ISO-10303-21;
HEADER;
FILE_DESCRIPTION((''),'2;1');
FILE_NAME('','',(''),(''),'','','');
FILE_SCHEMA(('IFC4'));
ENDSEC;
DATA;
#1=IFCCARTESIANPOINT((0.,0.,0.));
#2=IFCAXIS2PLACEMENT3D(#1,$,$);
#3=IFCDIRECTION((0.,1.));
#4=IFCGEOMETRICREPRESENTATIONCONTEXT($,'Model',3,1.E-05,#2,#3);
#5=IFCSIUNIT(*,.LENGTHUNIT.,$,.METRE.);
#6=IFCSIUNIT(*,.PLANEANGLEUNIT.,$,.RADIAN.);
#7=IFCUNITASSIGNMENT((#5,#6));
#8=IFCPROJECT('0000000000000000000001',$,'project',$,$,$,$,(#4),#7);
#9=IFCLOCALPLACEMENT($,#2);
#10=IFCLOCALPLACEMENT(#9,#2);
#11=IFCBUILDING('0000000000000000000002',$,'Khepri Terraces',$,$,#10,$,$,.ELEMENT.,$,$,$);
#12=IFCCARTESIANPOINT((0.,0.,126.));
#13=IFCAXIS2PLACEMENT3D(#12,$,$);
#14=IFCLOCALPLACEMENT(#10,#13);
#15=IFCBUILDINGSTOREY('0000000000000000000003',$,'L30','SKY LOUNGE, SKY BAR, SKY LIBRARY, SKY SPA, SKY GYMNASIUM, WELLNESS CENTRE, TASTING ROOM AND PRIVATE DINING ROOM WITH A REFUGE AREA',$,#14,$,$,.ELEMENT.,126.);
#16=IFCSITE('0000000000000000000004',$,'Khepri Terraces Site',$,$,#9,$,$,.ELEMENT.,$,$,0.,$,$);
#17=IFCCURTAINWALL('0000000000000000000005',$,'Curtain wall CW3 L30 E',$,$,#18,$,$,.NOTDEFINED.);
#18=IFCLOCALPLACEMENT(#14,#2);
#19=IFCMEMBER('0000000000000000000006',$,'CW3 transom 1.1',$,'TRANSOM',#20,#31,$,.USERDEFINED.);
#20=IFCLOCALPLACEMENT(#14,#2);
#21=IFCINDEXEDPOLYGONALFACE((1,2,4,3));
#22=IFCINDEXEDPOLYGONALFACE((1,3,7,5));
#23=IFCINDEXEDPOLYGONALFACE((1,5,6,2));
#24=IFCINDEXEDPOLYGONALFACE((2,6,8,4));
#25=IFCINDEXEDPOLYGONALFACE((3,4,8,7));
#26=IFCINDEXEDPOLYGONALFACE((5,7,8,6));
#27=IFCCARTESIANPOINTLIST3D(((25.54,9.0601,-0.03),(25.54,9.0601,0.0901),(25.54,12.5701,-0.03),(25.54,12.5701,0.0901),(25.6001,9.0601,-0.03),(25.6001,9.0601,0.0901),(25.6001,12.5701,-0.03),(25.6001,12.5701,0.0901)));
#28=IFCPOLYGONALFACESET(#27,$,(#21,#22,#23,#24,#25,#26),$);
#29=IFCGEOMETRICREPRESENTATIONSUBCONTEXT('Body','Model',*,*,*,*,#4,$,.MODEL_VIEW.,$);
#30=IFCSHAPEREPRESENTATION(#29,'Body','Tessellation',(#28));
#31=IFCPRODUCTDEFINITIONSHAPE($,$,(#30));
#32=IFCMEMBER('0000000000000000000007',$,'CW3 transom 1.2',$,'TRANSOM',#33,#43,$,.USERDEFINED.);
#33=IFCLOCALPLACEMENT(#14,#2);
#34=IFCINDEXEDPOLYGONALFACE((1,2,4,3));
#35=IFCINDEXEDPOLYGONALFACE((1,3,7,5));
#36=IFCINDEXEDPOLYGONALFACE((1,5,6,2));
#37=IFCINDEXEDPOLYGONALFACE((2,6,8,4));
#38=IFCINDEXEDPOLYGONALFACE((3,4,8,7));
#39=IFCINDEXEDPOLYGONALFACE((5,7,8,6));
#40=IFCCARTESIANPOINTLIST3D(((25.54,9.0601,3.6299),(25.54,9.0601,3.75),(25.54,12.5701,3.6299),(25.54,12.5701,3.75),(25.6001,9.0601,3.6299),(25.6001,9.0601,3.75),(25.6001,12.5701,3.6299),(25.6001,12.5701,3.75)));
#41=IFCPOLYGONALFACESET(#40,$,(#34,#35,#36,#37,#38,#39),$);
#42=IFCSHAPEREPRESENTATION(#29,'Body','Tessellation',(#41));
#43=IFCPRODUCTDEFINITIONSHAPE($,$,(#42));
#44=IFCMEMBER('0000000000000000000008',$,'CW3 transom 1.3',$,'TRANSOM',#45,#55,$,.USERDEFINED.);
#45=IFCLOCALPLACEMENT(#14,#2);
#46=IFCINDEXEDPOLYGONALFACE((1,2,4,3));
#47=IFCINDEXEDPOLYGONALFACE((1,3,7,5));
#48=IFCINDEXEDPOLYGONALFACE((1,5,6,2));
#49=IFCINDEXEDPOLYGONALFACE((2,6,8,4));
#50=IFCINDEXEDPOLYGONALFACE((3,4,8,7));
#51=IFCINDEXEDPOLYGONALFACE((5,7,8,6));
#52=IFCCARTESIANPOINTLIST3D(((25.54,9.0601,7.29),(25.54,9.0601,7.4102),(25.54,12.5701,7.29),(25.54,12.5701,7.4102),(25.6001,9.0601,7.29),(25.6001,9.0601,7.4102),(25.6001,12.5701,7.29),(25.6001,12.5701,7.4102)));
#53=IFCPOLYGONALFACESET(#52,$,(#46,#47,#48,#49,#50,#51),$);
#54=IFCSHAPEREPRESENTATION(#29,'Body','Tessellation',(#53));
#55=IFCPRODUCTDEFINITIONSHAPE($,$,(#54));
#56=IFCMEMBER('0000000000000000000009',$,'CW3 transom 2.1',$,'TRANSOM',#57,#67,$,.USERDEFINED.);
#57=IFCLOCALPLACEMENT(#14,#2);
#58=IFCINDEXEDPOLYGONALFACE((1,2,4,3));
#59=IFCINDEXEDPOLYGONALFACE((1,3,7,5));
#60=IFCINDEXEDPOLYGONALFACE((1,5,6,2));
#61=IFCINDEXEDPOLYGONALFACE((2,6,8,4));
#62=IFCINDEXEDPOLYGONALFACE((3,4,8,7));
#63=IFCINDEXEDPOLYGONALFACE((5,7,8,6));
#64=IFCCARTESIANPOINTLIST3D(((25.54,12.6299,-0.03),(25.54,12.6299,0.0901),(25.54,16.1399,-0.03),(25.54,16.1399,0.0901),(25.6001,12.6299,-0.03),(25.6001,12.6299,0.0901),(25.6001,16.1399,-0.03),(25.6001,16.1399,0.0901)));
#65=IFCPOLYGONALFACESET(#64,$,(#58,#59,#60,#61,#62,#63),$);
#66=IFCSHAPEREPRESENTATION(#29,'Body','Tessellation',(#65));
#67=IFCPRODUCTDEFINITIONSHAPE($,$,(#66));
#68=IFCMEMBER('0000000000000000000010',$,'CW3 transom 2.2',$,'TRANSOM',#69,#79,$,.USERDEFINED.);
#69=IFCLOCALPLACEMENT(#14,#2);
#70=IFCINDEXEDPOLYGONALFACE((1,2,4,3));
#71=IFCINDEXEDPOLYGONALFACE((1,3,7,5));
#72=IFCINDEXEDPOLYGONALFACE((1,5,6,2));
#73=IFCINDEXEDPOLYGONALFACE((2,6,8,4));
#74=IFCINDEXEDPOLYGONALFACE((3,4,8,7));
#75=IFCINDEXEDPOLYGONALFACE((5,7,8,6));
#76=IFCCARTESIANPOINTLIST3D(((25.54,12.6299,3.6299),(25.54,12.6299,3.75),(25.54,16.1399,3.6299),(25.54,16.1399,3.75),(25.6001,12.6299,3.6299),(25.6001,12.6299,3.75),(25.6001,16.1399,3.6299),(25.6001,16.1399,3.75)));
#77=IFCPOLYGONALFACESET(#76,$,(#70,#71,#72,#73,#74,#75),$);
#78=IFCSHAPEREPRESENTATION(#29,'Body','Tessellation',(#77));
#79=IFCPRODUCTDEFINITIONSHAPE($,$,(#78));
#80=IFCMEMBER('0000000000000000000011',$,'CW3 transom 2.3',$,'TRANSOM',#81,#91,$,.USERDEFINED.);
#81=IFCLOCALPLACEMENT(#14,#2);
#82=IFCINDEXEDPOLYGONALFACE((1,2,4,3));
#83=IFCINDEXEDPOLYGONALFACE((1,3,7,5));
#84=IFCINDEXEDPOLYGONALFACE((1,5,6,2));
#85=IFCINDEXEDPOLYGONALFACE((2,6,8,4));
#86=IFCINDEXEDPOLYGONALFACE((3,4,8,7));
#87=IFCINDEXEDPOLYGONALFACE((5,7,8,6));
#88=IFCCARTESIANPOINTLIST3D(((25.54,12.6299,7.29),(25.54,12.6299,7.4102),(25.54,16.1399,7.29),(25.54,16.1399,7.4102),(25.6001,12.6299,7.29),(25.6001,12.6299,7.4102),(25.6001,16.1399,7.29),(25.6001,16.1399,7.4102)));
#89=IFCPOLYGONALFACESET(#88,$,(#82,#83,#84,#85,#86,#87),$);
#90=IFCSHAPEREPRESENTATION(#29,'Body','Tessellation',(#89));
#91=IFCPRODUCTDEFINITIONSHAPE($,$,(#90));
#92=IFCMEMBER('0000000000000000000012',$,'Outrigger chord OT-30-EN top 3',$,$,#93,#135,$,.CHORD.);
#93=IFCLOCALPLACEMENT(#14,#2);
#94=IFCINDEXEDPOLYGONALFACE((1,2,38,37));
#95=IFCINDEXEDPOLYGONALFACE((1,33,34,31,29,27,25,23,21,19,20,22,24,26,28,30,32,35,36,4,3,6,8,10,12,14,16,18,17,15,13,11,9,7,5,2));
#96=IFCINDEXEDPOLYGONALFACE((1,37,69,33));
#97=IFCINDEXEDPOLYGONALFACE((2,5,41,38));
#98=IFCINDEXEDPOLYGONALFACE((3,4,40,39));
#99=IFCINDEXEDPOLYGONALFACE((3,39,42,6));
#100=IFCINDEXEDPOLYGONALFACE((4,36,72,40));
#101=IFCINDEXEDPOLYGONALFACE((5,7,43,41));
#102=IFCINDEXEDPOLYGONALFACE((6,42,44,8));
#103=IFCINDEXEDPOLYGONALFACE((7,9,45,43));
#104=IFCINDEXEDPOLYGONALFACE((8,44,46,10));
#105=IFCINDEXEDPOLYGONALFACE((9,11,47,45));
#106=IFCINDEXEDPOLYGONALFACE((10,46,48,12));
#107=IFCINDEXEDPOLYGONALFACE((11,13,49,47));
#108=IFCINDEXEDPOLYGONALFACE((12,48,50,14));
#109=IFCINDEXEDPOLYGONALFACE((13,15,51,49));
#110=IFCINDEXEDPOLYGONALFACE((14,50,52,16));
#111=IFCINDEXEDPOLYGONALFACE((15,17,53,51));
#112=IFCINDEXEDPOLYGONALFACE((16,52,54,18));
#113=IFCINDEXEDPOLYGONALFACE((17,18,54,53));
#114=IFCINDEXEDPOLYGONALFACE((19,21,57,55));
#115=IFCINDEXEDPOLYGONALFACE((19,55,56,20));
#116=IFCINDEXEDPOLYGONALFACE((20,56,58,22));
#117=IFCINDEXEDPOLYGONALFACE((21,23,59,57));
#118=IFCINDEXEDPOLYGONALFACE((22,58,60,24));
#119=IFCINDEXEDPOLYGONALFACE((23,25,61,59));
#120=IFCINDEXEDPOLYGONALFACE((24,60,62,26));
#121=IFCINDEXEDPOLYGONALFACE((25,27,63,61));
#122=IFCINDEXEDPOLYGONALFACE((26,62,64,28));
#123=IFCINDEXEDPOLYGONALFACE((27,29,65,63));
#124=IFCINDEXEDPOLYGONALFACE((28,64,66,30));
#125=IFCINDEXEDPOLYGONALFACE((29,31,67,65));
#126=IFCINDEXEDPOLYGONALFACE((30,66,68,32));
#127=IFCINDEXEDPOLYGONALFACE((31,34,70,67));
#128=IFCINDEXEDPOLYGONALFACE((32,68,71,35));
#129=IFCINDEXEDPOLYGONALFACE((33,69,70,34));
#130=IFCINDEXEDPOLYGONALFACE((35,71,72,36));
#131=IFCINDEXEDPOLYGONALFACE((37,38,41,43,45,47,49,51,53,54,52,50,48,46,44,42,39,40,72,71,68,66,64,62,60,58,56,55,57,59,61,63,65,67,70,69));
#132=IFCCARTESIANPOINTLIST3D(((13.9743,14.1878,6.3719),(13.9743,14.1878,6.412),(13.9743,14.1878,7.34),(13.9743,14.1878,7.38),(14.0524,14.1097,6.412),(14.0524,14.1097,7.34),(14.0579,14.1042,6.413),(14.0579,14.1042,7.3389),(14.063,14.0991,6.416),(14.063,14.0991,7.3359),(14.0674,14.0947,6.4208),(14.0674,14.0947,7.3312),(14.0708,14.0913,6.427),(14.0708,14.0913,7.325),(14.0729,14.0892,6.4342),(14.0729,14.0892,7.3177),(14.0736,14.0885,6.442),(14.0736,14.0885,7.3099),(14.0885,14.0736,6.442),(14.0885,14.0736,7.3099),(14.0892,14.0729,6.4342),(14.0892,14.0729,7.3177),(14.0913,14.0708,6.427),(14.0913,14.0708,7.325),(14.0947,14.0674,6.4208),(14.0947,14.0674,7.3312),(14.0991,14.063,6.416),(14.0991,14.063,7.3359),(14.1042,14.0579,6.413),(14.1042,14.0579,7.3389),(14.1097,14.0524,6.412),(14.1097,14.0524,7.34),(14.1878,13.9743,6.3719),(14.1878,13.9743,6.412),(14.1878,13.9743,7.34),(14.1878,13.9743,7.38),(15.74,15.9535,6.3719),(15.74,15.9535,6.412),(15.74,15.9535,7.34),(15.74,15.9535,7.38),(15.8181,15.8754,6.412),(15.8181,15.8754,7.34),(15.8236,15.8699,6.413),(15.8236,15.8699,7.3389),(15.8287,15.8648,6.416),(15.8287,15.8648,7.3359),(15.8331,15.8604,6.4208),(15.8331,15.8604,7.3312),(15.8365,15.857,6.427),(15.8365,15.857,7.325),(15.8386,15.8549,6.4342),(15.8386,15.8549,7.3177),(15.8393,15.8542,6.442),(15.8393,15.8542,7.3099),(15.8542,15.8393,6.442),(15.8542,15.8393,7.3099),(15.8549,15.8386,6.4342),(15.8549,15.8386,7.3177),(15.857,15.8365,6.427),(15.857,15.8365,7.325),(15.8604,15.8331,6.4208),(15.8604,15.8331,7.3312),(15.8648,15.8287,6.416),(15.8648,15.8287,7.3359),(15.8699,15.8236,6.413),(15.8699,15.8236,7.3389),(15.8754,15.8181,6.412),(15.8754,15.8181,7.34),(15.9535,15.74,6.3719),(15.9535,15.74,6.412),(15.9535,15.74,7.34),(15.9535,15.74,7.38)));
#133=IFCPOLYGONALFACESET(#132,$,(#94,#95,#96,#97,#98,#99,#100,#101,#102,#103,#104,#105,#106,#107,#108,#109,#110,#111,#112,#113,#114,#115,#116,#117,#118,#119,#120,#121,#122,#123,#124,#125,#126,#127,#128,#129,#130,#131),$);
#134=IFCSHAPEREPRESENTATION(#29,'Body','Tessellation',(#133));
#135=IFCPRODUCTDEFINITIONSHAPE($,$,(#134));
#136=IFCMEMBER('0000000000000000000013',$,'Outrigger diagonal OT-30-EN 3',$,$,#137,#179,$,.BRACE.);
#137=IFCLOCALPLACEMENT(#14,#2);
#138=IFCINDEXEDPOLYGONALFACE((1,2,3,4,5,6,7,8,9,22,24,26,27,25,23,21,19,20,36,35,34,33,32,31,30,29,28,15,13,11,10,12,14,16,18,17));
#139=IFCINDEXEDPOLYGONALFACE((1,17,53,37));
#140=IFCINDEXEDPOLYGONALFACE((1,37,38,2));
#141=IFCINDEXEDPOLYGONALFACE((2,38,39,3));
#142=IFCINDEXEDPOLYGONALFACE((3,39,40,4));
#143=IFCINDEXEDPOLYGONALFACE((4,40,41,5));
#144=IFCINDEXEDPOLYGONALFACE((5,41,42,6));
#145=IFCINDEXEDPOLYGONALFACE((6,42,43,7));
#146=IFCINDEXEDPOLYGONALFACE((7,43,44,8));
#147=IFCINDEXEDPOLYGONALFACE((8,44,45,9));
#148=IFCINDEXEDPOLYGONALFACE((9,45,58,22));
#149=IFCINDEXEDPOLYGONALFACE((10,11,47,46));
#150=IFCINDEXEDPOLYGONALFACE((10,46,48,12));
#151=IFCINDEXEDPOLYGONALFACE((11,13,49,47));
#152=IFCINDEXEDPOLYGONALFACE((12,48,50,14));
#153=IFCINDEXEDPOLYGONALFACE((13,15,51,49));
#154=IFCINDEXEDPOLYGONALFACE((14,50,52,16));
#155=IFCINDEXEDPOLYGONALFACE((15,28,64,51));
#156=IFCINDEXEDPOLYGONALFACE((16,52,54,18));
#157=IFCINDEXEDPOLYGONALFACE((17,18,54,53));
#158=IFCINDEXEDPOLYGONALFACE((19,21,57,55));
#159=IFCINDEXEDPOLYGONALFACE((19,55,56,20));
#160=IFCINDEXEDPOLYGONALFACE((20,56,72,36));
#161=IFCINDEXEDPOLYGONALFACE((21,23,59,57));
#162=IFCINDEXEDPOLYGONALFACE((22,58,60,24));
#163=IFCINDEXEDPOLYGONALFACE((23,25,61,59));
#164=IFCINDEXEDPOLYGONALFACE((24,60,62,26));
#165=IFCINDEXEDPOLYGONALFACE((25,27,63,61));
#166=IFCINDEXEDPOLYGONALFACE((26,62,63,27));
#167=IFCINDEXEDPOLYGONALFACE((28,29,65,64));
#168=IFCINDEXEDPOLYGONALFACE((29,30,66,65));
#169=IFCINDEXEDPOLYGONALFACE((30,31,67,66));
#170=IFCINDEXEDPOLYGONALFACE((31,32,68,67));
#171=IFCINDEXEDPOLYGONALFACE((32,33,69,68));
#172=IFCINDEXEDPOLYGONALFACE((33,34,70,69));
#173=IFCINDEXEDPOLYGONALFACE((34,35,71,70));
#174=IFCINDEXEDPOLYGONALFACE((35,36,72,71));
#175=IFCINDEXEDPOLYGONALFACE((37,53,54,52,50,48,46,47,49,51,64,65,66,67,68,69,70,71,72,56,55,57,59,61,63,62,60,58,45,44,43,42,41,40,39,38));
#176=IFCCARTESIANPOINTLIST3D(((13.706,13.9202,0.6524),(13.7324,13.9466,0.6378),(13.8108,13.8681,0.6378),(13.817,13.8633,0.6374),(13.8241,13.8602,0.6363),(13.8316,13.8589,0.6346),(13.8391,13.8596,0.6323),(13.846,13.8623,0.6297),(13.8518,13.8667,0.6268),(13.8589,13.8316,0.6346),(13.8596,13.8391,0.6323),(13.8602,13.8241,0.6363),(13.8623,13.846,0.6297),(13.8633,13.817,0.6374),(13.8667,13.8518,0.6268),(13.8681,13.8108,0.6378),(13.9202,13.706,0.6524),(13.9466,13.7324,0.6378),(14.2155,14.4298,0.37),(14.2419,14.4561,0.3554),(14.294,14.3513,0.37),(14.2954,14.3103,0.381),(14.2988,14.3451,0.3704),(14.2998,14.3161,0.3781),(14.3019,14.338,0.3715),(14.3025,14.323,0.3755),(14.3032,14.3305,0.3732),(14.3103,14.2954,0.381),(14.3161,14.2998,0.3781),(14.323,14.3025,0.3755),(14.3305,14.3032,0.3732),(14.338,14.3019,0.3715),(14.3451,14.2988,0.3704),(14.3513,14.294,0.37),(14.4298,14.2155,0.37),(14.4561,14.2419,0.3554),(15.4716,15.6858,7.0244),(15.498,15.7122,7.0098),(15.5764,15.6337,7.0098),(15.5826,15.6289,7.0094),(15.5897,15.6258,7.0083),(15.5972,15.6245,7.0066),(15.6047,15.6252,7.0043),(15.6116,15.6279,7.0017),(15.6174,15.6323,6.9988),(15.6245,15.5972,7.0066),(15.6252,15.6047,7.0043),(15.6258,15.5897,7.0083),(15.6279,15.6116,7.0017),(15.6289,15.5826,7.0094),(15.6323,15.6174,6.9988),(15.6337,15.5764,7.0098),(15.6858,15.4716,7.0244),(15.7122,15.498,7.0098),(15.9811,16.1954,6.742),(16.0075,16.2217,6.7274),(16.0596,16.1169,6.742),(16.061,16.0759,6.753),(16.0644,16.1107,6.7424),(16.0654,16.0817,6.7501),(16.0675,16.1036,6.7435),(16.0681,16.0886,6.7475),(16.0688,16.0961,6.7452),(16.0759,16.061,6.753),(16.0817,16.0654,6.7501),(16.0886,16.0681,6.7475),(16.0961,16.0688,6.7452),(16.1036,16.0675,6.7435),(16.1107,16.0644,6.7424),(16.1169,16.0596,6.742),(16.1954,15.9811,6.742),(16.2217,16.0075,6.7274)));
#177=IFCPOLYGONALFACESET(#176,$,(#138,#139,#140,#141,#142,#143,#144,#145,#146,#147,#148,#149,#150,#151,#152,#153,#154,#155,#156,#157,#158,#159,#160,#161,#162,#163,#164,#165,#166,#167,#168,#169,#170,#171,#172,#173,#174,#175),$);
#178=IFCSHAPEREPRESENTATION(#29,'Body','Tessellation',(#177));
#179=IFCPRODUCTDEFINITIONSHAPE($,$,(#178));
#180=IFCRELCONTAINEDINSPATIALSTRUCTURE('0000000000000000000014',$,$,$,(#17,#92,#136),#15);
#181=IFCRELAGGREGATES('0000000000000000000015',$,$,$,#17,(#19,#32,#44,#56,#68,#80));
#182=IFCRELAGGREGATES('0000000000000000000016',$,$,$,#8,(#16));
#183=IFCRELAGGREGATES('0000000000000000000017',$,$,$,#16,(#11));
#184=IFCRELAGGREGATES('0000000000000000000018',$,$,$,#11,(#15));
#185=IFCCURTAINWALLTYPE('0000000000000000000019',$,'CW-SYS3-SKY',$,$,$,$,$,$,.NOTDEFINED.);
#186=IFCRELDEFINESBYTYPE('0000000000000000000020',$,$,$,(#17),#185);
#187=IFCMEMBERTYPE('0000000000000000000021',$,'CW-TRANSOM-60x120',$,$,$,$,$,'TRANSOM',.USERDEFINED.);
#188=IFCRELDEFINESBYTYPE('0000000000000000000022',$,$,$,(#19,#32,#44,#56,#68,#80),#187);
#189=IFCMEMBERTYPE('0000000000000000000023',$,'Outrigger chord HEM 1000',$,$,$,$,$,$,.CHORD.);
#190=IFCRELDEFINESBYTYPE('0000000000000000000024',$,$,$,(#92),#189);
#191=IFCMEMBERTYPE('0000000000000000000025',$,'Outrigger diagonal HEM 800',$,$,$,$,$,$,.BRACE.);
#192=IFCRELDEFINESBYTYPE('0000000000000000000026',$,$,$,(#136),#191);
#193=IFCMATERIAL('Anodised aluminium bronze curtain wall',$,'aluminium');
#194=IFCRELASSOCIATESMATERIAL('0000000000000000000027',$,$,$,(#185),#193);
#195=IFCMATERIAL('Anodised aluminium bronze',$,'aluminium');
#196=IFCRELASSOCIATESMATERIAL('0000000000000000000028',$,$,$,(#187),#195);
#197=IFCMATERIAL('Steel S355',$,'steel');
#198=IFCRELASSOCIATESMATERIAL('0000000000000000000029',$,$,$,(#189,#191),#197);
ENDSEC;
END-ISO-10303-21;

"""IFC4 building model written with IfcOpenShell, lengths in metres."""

from ifc_helpers import new_model, si_unit, direction, frame, origin, origin_2d, place, context, subcontext, project, spatial, rectangle, i_section, extrude, material, material_profile, profile_set, type_object, element, aggregate, save


model = new_model("IFC4")

# Units and contexts
model_context = context("Model", 3, precision=1e-05, world=origin(), true_north=direction((0.0, 1.0)))
body_context = subcontext(model_context, "Body", "Model", "MODEL_VIEW")
ifc_project = project(units=[si_unit("LENGTHUNIT", "METRE"), si_unit("PLANEANGLEUNIT", "RADIAN")], contexts=[model_context])

# Site, building, storey
site_placement = place(None, origin())
site = spatial("IfcSite", under=ifc_project, at=site_placement, Name="Khepri Terraces Site", CompositionType="ELEMENT", RefElevation=0.0)
building_placement = place(site_placement, origin())
building = spatial("IfcBuilding", under=site, at=building_placement, Name="Khepri Terraces", CompositionType="ELEMENT")
storey_placement = place(building_placement, frame((0.0, 0.0, 126.0)))
storey = spatial("IfcBuildingStorey", under=building, at=storey_placement, Name="L30", Description="SKY LOUNGE, SKY BAR, SKY LIBRARY, SKY SPA, SKY GYMNASIUM, WELLNESS CENTRE, TASTING ROOM AND PRIVATE DINING ROOM WITH A REFUGE AREA", CompositionType="ELEMENT", Elevation=126.0)

# Shared definitions
ifc_material_1 = material(Name="Steel S355", Category="steel")

# Shared definitions
ifc_material_2 = material(Name="Anodised aluminium bronze curtain wall", Category="aluminium")
curtain_wall_type = type_object("IfcCurtainWallType", Name="CW-SYS3-SKY", PredefinedType="NOTDEFINED", material=ifc_material_2)
ifc_material_3 = material(Name="Anodised aluminium bronze", Category="aluminium")

# Curtain wall, members
curtain_wall_1_placement = place(storey_placement, origin())
curtain_wall_1 = element("IfcCurtainWall", 1, at=curtain_wall_1_placement, inside=storey, type_object=curtain_wall_type, Name="Curtain wall CW3 L30 E", PredefinedType="NOTDEFINED")
ifc_material_profile_1 = material_profile(ifc_material_3, rectangle(XDim=0.0601, YDim=0.1201, at=origin_2d()), Name="Anodised aluminium bronze", Category="aluminium")
ifc_profile_set_1 = profile_set([ifc_material_profile_1], Name="Anodised aluminium bronze")
member_type_1 = type_object("IfcMemberType", Name="CW-TRANSOM-60x120", ElementType="TRANSOM", PredefinedType="USERDEFINED", material=ifc_profile_set_1)
member_1_placement = place(storey_placement, frame((25.5701, 9.0601, 0.03), z_axis=(0.0, 1.0, 0.0), x_axis=(-1.0, 0.0, 0.0)))
member_1 = element("IfcMember", 2, at=member_1_placement, type_object=member_type_1, Name="CW3 transom 1.1", ObjectType="TRANSOM", PredefinedType="USERDEFINED", context=body_context, shape_type="SweptSolid", body=[
    extrude(rectangle(XDim=0.0601, YDim=0.1201, at=origin_2d()), origin(), (0.0, 0.0, 1.0), 3.51),
])
member_2_placement = place(storey_placement, frame((25.5701, 9.0601, 3.6899), z_axis=(0.0, 1.0, 0.0), x_axis=(-1.0, 0.0, 0.0)))
member_2 = element("IfcMember", 3, at=member_2_placement, type_object=member_type_1, Name="CW3 transom 1.2", ObjectType="TRANSOM", PredefinedType="USERDEFINED", context=body_context, shape_type="SweptSolid", body=[
    extrude(rectangle(XDim=0.0601, YDim=0.1201, at=origin_2d()), origin(), (0.0, 0.0, 1.0), 3.51),
])
member_3_placement = place(storey_placement, frame((25.5701, 9.0601, 7.3501), z_axis=(0.0, 1.0, 0.0), x_axis=(-1.0, 0.0, 0.0)))
member_3 = element("IfcMember", 4, at=member_3_placement, type_object=member_type_1, Name="CW3 transom 1.3", ObjectType="TRANSOM", PredefinedType="USERDEFINED", context=body_context, shape_type="SweptSolid", body=[
    extrude(rectangle(XDim=0.0601, YDim=0.1201, at=origin_2d()), origin(), (0.0, 0.0, 1.0), 3.51),
])
member_4_placement = place(storey_placement, frame((25.5701, 12.6299, 0.03), z_axis=(0.0, 1.0, 0.0), x_axis=(-1.0, 0.0, 0.0)))
member_4 = element("IfcMember", 5, at=member_4_placement, type_object=member_type_1, Name="CW3 transom 2.1", ObjectType="TRANSOM", PredefinedType="USERDEFINED", context=body_context, shape_type="SweptSolid", body=[
    extrude(rectangle(XDim=0.0601, YDim=0.1201, at=origin_2d()), origin(), (0.0, 0.0, 1.0), 3.51),
])
member_5_placement = place(storey_placement, frame((25.5701, 12.6299, 3.6899), z_axis=(0.0, 1.0, 0.0), x_axis=(-1.0, 0.0, 0.0)))
member_5 = element("IfcMember", 6, at=member_5_placement, type_object=member_type_1, Name="CW3 transom 2.2", ObjectType="TRANSOM", PredefinedType="USERDEFINED", context=body_context, shape_type="SweptSolid", body=[
    extrude(rectangle(XDim=0.0601, YDim=0.1201, at=origin_2d()), origin(), (0.0, 0.0, 1.0), 3.51),
])
member_6_placement = place(storey_placement, frame((25.5701, 12.6299, 7.3501), z_axis=(0.0, 1.0, 0.0), x_axis=(-1.0, 0.0, 0.0)))
member_6 = element("IfcMember", 7, at=member_6_placement, type_object=member_type_1, Name="CW3 transom 2.3", ObjectType="TRANSOM", PredefinedType="USERDEFINED", context=body_context, shape_type="SweptSolid", body=[
    extrude(rectangle(XDim=0.0601, YDim=0.1201, at=origin_2d()), origin(), (0.0, 0.0, 1.0), 3.51),
])

# Members
ifc_material_profile_2 = material_profile(ifc_material_1, i_section(OverallWidth=0.302, OverallDepth=1.0081, WebThickness=0.021, FlangeThickness=0.04, FilletRadius=0.03, at=origin_2d()), Name="Steel S355", Category="steel")
ifc_profile_set_2 = profile_set([ifc_material_profile_2], Name="Steel S355")
member_type_2 = type_object("IfcMemberType", Name="Outrigger chord HEM 1000", PredefinedType="CHORD", material=ifc_profile_set_2)
member_7_placement = place(storey_placement, frame((14.0811, 14.0811, 6.876), z_axis=(0.707107, 0.707107, 0.0), x_axis=(-0.707107, 0.707107, 0.0)))
element("IfcMember", 8, at=member_7_placement, inside=storey, type_object=member_type_2, Name="Outrigger chord OT-30-EN top 3", PredefinedType="CHORD", context=body_context, shape_type="SweptSolid", body=[
    extrude(i_section(OverallWidth=0.302, OverallDepth=1.0081, WebThickness=0.021, FlangeThickness=0.04, FilletRadius=0.03, at=origin_2d()), origin(), (0.0, 0.0, 1.0), 2.4971),
])
ifc_material_profile_3 = material_profile(ifc_material_1, i_section(OverallWidth=0.303, OverallDepth=0.814, WebThickness=0.021, FlangeThickness=0.04, FilletRadius=0.03, at=origin_2d()), Name="Steel S355", Category="steel")
ifc_profile_set_3 = profile_set([ifc_material_profile_3], Name="Steel S355")
member_type_3 = type_object("IfcMemberType", Name="Outrigger diagonal HEM 800", PredefinedType="BRACE", material=ifc_profile_set_3)
member_8_placement = place(storey_placement, frame((14.0811, 14.0811, 0.5039), z_axis=(0.257987, 0.257987, 0.931067), x_axis=(-0.707107, 0.707107, 0.0)))
element("IfcMember", 9, at=member_8_placement, inside=storey, type_object=member_type_3, Name="Outrigger diagonal OT-30-EN 3", PredefinedType="BRACE", context=body_context, shape_type="SweptSolid", body=[
    extrude(i_section(OverallWidth=0.303, OverallDepth=0.814, WebThickness=0.021, FlangeThickness=0.04, FilletRadius=0.03, at=origin_2d()), origin(), (0.0, 0.0, 1.0), 6.8438),
])

aggregate(curtain_wall_1, [member_1, member_2, member_3, member_4, member_5, member_6])

save(model, "model.ifc")
